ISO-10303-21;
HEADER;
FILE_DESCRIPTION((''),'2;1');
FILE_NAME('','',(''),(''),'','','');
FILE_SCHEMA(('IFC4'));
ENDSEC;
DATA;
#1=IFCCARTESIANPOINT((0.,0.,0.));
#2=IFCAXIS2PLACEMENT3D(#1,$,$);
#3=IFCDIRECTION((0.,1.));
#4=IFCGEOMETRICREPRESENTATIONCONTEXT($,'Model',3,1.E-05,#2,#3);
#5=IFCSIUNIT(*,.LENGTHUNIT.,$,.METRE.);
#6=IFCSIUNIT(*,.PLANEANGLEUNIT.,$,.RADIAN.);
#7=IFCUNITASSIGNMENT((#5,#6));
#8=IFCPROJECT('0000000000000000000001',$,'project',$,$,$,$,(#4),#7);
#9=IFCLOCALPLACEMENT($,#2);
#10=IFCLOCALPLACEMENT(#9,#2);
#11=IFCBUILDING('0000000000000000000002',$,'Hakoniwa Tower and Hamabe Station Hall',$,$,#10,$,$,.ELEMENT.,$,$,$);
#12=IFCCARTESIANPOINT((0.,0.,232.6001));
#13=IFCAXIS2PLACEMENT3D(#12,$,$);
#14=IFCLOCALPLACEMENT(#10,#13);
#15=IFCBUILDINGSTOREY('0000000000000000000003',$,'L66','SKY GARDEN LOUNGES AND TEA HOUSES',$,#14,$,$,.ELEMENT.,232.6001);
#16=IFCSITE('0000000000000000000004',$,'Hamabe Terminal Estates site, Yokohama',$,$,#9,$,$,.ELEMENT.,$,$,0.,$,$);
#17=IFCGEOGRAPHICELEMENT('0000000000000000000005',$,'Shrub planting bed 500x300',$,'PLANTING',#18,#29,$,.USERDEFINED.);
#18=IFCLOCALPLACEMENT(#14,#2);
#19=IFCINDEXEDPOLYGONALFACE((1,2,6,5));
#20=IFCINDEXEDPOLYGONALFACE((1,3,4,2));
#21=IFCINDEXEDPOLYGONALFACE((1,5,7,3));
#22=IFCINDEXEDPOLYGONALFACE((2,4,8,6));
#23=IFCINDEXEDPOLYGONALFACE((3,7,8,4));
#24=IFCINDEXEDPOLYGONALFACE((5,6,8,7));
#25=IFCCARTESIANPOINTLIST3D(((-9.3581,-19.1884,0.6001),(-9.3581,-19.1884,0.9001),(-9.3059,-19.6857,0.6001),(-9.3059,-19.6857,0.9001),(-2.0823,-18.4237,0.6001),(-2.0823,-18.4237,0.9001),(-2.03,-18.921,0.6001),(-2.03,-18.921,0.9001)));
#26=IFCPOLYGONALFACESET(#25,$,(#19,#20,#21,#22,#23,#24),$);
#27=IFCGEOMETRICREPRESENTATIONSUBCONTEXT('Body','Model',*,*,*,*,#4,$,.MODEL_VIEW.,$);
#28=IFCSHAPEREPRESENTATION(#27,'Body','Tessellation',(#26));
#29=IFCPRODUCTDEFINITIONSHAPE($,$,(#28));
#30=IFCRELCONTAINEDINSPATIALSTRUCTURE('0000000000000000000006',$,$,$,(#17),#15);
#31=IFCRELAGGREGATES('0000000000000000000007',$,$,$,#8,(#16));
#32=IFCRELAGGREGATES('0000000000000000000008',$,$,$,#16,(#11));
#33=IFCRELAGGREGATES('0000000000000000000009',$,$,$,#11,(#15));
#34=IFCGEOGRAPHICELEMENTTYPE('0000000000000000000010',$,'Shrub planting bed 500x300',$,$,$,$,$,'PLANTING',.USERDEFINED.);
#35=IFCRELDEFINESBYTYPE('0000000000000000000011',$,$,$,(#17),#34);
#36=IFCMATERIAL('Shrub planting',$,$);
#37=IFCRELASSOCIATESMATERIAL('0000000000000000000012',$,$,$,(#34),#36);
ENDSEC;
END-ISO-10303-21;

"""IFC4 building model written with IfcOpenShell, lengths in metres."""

from ifc_helpers import new_model, si_unit, direction, frame, origin, origin_2d, place, context, subcontext, project, spatial, rectangle, extrude, material, type_object, element, save


model = new_model("IFC4")

# Units and contexts
model_context = context("Model", 3, precision=1e-05, world=origin(), true_north=direction((0.0, 1.0)))
body_context = subcontext(model_context, "Body", "Model", "MODEL_VIEW")
ifc_project = project(units=[si_unit("LENGTHUNIT", "METRE"), si_unit("PLANEANGLEUNIT", "RADIAN")], contexts=[model_context])

# Site, building, storey
site_placement = place(None, origin())
site = spatial("IfcSite", under=ifc_project, at=site_placement, Name="Hamabe Terminal Estates site, Yokohama", CompositionType="ELEMENT", RefElevation=0.0)
building_placement = place(site_placement, origin())
building = spatial("IfcBuilding", under=site, at=building_placement, Name="Hakoniwa Tower and Hamabe Station Hall", CompositionType="ELEMENT")
storey_placement = place(building_placement, frame((0.0, 0.0, 232.6001)))
storey = spatial("IfcBuildingStorey", under=building, at=storey_placement, Name="L66", Description="SKY GARDEN LOUNGES AND TEA HOUSES", CompositionType="ELEMENT", Elevation=232.6001)

# Geographic element
ifc_material_1 = material(Name="Shrub planting")
geographic_element_type_1 = type_object("IfcGeographicElementType", Name="Shrub planting bed 500x300", ElementType="PLANTING", PredefinedType="USERDEFINED", material=ifc_material_1)
geographic_element_placement = place(storey_placement, frame((-5.6941, -19.0547, 0.6001), z_axis=(0.0, 0.0, 1.0), x_axis=(0.994522, 0.104528, 0.0)))
element("IfcGeographicElement", 1, at=geographic_element_placement, inside=storey, type_object=geographic_element_type_1, Name="Shrub planting bed 500x300", ObjectType="PLANTING", PredefinedType="USERDEFINED", context=body_context, shape_type="SweptSolid", body=[
    extrude(rectangle(XDim=7.3159, YDim=0.5, at=origin_2d()), origin(), (0.0, 0.0, 1.0), 0.3),
])

save(model, "model.ifc")
